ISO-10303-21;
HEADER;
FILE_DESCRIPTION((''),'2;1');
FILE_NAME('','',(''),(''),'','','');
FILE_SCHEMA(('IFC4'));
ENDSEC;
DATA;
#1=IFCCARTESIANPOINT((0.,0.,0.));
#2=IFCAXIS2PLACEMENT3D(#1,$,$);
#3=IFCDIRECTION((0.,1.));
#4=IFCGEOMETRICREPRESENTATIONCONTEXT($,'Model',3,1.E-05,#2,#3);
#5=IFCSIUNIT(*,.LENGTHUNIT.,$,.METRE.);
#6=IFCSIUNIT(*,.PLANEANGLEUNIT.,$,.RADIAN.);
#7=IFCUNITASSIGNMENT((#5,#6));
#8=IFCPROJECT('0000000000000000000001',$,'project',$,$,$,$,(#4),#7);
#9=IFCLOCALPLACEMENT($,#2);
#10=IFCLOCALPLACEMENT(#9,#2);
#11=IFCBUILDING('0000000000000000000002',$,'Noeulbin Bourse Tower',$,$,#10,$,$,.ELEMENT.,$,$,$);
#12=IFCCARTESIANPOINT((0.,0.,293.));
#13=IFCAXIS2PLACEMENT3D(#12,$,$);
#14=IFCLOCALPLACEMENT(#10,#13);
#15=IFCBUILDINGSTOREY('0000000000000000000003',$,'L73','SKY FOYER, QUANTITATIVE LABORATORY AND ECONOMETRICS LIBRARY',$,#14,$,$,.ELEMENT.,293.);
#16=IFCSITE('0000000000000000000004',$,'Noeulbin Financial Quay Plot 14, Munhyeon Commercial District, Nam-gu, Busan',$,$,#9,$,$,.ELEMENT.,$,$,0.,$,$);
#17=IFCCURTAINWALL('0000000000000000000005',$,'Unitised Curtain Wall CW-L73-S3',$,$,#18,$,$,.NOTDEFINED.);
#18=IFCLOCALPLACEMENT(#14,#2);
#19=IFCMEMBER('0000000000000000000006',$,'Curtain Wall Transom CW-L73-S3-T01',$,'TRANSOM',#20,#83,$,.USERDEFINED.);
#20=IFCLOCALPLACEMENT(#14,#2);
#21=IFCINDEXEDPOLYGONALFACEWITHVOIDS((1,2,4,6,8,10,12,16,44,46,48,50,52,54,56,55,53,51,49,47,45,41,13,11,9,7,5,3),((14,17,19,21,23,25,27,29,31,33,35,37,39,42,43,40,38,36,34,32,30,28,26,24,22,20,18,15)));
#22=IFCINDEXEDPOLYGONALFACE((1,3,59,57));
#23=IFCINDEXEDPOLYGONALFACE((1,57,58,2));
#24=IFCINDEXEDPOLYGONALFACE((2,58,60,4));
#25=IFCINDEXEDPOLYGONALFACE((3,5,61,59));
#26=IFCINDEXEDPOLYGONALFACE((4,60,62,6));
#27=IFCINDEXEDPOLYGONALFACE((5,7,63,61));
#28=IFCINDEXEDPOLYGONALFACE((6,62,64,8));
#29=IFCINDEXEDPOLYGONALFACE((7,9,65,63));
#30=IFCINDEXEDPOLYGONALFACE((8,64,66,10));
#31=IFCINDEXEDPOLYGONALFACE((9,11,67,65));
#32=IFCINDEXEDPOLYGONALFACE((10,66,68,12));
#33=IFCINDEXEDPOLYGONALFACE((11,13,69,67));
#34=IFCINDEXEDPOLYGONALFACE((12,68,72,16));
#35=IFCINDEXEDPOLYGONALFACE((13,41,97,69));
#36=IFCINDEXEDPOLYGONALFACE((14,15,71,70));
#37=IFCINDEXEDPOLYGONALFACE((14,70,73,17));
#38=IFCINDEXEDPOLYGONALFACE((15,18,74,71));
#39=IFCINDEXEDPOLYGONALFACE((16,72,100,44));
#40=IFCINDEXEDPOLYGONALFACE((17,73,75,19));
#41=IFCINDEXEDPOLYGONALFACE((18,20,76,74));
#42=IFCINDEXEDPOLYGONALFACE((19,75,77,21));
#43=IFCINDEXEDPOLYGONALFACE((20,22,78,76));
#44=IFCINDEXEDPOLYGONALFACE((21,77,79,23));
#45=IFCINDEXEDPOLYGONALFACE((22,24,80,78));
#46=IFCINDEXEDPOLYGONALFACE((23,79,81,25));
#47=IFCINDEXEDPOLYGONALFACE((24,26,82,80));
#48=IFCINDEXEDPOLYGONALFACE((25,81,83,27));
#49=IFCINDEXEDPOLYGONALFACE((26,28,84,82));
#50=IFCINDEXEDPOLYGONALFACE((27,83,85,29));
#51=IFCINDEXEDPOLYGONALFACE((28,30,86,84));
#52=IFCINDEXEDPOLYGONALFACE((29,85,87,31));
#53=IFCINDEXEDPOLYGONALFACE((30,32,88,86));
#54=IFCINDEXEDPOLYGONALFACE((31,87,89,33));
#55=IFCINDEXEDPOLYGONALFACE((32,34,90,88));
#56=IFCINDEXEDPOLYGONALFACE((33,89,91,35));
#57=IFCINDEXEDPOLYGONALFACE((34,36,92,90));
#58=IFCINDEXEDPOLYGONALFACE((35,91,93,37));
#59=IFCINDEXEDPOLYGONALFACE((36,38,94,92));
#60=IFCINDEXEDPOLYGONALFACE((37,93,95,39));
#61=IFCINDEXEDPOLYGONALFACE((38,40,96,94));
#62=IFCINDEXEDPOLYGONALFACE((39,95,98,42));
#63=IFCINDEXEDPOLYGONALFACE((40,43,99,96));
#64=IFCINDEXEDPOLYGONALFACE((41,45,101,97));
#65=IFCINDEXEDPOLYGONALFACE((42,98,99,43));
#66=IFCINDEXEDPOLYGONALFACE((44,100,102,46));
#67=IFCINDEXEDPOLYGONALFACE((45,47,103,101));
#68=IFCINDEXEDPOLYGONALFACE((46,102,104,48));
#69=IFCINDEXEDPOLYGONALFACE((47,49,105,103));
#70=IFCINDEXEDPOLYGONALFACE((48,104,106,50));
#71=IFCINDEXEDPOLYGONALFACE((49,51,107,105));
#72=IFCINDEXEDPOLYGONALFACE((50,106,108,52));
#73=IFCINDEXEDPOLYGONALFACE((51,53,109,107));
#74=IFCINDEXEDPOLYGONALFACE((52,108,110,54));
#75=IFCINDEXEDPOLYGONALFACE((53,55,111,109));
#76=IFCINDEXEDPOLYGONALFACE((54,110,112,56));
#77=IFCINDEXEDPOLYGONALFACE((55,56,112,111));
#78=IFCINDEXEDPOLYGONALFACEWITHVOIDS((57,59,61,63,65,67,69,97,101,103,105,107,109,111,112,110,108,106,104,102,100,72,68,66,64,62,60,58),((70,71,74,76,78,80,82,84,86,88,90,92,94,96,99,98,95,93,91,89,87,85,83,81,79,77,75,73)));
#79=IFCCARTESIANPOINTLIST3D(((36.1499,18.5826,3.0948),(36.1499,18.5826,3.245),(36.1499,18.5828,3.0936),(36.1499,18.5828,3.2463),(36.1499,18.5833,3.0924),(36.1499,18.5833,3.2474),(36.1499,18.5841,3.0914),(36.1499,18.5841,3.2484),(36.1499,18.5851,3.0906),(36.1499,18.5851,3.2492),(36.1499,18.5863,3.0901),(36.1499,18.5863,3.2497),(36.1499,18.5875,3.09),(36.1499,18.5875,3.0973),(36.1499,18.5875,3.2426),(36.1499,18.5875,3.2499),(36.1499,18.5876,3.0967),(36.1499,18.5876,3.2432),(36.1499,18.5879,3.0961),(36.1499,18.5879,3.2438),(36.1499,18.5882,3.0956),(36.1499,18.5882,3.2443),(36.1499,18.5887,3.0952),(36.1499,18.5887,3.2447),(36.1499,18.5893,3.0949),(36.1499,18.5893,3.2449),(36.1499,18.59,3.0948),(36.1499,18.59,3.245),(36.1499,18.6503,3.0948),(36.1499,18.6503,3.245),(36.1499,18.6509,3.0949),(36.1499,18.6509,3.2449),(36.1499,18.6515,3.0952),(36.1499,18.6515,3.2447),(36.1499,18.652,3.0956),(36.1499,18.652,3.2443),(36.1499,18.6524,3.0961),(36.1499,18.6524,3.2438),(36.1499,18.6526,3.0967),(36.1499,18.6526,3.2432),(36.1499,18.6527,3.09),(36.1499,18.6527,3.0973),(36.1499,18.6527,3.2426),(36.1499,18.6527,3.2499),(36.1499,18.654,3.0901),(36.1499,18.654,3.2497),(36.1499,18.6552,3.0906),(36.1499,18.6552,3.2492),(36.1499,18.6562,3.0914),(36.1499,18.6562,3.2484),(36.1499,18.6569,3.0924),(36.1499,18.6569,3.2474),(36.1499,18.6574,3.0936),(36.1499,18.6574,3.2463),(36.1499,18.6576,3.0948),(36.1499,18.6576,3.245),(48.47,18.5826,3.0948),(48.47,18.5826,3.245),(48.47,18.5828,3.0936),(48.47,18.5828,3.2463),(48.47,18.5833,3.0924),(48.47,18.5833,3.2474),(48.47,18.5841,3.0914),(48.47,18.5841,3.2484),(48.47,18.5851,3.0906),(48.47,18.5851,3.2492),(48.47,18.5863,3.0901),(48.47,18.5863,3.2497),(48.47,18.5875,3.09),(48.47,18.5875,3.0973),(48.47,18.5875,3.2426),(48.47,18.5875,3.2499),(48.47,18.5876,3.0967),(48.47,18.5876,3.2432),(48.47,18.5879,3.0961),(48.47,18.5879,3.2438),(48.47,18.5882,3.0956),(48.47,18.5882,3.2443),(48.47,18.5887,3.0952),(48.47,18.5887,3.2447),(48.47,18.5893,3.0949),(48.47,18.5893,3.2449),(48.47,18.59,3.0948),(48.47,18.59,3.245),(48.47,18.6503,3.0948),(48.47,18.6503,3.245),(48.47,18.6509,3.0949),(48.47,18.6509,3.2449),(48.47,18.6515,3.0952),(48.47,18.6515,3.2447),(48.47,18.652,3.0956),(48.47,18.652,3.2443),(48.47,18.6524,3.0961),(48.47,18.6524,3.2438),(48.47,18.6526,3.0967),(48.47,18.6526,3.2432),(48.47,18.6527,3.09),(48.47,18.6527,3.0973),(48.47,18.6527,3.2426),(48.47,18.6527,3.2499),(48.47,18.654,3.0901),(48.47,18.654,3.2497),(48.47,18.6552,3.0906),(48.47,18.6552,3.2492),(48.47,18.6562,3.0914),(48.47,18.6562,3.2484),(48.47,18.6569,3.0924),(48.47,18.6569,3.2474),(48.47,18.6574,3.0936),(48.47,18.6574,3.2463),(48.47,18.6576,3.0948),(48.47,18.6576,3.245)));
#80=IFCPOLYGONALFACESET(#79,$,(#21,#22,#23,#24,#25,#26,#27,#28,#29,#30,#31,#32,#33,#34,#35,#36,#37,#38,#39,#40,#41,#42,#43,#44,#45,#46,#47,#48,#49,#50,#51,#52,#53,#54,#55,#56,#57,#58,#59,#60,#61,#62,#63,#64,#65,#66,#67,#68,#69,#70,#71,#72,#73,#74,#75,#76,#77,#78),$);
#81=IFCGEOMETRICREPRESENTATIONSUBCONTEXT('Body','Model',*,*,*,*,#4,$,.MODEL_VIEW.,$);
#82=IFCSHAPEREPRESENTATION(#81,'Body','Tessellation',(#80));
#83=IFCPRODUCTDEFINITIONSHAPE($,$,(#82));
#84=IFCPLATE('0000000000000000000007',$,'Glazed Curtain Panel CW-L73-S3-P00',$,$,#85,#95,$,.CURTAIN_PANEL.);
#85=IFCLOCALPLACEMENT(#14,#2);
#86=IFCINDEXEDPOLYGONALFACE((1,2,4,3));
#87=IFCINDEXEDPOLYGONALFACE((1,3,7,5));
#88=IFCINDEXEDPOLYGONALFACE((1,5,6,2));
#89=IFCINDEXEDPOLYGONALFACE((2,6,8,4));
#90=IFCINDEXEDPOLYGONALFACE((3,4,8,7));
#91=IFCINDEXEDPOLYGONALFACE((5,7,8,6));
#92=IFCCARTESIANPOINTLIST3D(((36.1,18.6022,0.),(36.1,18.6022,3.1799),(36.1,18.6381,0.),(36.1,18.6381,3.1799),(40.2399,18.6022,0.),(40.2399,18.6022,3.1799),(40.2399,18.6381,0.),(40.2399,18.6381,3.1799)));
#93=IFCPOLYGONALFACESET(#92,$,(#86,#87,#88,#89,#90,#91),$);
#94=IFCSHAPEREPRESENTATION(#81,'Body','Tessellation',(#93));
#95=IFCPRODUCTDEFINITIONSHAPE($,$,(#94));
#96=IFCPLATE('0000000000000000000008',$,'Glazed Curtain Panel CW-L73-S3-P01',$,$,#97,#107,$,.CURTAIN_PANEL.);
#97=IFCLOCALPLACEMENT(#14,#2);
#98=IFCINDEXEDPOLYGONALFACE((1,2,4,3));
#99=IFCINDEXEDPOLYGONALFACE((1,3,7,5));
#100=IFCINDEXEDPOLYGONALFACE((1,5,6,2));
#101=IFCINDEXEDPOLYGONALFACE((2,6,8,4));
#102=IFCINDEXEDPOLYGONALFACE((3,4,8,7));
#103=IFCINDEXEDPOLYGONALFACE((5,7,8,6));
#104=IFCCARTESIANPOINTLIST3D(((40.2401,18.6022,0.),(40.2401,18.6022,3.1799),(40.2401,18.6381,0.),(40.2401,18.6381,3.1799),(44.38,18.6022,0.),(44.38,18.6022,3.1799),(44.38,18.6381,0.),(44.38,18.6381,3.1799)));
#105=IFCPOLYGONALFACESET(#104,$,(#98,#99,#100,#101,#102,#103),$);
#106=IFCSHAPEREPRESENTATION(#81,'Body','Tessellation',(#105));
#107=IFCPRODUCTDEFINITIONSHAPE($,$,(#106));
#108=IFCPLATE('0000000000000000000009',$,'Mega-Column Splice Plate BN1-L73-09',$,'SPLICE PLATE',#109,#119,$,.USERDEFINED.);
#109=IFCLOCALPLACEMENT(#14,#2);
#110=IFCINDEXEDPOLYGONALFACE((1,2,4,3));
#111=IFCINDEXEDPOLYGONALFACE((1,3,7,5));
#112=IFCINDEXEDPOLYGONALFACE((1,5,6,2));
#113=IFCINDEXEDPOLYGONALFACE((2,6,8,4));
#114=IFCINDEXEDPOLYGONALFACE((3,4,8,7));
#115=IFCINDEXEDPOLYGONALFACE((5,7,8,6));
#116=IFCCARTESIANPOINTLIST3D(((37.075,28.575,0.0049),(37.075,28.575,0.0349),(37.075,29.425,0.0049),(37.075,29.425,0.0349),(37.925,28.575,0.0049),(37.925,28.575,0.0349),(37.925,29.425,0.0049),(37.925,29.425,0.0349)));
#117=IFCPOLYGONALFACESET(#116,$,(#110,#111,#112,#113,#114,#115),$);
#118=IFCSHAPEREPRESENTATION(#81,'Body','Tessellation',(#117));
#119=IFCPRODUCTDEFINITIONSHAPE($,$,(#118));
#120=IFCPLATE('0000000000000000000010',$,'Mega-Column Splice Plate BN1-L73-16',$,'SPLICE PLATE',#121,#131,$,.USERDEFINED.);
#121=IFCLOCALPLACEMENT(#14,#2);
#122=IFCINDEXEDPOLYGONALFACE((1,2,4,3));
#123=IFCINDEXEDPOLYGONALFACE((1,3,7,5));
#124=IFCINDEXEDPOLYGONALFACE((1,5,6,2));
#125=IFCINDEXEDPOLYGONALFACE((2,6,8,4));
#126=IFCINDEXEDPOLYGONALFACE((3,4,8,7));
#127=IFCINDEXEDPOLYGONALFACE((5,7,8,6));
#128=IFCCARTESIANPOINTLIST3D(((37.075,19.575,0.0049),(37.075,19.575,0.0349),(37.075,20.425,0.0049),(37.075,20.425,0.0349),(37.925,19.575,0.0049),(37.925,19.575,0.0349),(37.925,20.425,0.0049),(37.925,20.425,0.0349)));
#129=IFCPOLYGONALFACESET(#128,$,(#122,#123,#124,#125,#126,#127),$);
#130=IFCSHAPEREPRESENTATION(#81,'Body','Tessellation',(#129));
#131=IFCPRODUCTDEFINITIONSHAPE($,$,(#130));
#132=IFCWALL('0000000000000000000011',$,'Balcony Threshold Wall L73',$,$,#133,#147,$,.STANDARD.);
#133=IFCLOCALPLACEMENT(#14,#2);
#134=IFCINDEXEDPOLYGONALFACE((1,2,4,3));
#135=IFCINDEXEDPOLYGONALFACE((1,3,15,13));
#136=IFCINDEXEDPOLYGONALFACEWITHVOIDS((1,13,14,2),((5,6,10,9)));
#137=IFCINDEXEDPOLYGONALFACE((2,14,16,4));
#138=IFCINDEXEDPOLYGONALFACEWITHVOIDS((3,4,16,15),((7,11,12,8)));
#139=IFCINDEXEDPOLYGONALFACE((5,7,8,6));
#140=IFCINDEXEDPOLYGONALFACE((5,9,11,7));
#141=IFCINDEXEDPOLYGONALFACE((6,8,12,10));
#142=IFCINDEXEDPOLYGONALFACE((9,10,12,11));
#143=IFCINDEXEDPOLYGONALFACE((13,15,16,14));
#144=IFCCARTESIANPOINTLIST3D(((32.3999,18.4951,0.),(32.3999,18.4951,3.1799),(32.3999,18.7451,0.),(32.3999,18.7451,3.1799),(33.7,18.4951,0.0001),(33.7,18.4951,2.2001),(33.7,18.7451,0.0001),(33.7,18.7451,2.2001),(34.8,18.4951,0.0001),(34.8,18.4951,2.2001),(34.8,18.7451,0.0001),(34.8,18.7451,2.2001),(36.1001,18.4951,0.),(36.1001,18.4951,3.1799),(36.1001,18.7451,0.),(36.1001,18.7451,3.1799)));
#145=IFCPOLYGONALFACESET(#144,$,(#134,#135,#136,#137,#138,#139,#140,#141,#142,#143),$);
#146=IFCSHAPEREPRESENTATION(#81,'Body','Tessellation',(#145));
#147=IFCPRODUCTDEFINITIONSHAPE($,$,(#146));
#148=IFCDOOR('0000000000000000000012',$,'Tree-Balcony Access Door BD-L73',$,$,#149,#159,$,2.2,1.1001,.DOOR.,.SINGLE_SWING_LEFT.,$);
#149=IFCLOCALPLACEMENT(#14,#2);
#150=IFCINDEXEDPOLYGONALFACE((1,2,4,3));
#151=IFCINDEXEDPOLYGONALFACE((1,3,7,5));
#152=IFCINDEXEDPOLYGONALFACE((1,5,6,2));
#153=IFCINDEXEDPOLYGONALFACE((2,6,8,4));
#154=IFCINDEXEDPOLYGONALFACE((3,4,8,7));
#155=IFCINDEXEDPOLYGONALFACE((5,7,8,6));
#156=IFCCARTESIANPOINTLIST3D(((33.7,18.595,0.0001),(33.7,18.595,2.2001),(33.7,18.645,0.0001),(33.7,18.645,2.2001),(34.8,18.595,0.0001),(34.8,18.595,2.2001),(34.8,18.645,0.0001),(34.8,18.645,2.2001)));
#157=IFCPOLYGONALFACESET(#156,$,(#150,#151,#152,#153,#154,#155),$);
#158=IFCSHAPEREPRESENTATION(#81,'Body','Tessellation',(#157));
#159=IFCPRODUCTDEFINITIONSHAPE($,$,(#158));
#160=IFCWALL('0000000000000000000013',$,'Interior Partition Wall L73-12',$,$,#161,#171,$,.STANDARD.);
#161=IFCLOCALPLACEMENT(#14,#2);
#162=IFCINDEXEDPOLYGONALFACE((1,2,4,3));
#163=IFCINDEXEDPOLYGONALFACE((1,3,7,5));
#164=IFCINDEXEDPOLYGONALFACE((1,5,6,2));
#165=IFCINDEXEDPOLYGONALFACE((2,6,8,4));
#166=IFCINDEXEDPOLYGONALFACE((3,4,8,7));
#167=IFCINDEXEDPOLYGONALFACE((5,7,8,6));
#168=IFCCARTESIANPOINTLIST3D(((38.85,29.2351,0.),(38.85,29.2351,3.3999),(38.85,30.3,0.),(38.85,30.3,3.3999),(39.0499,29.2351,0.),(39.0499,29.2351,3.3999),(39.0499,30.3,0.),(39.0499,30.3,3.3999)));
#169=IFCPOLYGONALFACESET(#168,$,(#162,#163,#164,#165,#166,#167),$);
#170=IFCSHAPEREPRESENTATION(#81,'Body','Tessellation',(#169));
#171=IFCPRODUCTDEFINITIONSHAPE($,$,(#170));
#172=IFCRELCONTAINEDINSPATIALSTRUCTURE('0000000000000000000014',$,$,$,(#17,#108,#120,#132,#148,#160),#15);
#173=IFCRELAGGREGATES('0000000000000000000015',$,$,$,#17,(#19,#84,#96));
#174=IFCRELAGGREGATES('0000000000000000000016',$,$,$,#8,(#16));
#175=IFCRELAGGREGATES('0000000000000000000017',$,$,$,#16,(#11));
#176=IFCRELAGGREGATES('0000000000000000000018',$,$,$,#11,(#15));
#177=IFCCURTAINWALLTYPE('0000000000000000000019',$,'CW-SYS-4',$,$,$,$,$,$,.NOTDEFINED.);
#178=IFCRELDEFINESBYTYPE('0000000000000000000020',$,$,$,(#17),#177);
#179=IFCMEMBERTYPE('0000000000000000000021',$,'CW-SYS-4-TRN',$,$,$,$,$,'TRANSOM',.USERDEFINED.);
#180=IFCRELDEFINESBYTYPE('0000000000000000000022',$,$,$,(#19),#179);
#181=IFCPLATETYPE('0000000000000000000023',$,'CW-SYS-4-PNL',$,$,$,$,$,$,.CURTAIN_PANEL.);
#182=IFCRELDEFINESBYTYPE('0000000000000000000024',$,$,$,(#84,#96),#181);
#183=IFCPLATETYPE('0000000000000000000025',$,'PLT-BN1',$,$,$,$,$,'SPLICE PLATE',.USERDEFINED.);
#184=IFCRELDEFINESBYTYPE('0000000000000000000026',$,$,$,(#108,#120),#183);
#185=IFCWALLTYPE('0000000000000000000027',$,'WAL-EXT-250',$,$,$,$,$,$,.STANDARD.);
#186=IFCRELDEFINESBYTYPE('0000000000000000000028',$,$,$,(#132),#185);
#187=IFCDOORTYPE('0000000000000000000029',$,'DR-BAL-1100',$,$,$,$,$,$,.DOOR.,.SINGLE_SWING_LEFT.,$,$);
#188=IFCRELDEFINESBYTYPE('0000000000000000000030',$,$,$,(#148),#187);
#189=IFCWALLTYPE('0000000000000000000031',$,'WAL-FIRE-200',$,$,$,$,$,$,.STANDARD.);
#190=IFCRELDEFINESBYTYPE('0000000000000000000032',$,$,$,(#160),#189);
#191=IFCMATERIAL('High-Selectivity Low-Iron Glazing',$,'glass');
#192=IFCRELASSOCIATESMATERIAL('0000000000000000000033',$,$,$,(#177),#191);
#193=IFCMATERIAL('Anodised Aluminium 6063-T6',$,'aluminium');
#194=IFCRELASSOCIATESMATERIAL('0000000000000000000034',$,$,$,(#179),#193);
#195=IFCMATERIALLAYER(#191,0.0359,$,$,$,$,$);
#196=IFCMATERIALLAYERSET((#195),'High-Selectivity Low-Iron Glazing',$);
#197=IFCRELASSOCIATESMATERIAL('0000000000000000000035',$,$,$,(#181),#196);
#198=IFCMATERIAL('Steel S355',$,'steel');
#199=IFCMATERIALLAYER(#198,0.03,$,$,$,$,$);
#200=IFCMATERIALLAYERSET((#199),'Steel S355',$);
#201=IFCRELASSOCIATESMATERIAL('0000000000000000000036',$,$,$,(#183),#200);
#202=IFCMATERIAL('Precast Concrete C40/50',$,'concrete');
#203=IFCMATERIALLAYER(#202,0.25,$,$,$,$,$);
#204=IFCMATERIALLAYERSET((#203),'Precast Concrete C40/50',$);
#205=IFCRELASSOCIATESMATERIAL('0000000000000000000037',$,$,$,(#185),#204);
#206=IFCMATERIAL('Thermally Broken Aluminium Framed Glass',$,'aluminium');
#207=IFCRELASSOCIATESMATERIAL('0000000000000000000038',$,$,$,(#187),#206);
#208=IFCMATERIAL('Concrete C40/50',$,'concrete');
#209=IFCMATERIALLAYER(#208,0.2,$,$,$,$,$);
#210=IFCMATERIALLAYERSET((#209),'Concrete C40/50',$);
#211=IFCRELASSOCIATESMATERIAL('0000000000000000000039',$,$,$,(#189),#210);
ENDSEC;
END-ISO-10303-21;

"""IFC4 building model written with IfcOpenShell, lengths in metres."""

from ifc_helpers import new_model, si_unit, direction, frame, frame_2d, origin, origin_2d, place, context, subcontext, project, spatial, rectangle, hollow_rectangle, extrude, material, layer, layer_set, material_profile, profile_set, type_object, element, fill, aggregate, save


model = new_model("IFC4")

# Units and contexts
model_context = context("Model", 3, precision=1e-05, world=origin(), true_north=direction((0.0, 1.0)))
body_context = subcontext(model_context, "Body", "Model", "MODEL_VIEW")
ifc_project = project(units=[si_unit("LENGTHUNIT", "METRE"), si_unit("PLANEANGLEUNIT", "RADIAN")], contexts=[model_context])

# Site, building, storey
site_placement = place(None, origin())
site = spatial("IfcSite", under=ifc_project, at=site_placement, Name="Noeulbin Financial Quay Plot 14, Munhyeon Commercial District, Nam-gu, Busan", CompositionType="ELEMENT", RefElevation=0.0)
building_placement = place(site_placement, origin())
building = spatial("IfcBuilding", under=site, at=building_placement, Name="Noeulbin Bourse Tower", CompositionType="ELEMENT")
storey_placement = place(building_placement, frame((0.0, 0.0, 293.0)))
storey = spatial("IfcBuildingStorey", under=building, at=storey_placement, Name="L73", Description="SKY FOYER, QUANTITATIVE LABORATORY AND ECONOMETRICS LIBRARY", CompositionType="ELEMENT", Elevation=293.0)

# Shared definitions
ifc_material_1 = material(Name="Steel S355", Category="steel")

# Shared definitions
ifc_material_2 = material(Name="High-Selectivity Low-Iron Glazing", Category="glass")
curtain_wall_type = type_object("IfcCurtainWallType", Name="CW-SYS-4", PredefinedType="NOTDEFINED", material=ifc_material_2)
ifc_material_3 = material(Name="Anodised Aluminium 6063-T6", Category="aluminium")

# Curtain wall, member, plates
curtain_wall_1_placement = place(storey_placement, origin())
curtain_wall_1 = element("IfcCurtainWall", 1, at=curtain_wall_1_placement, inside=storey, type_object=curtain_wall_type, Name="Unitised Curtain Wall CW-L73-S3", PredefinedType="NOTDEFINED")
ifc_material_profile_1 = material_profile(ifc_material_3, hollow_rectangle(XDim=0.075, YDim=0.1599, WallThickness=0.0049, InnerFilletRadius=0.0024, OuterFilletRadius=0.0049, at=origin_2d()), Name="ALU-TRAN-75x160x5", Category="LoadBearing")
ifc_profile_set_1 = profile_set([ifc_material_profile_1], Name="Anodised Aluminium 6063-T6")
member_type_1 = type_object("IfcMemberType", Name="CW-SYS-4-TRN", ElementType="TRANSOM", PredefinedType="USERDEFINED", material=ifc_profile_set_1)
member_1_placement = place(storey_placement, frame((36.1499, 18.6201, 3.1699), z_axis=(1.0, 0.0, 0.0), x_axis=(0.0, 1.0, 0.0)))
member_1 = element("IfcMember", 2, at=member_1_placement, type_object=member_type_1, Name="Curtain Wall Transom CW-L73-S3-T01", ObjectType="TRANSOM", PredefinedType="USERDEFINED", context=body_context, shape_type="SweptSolid", body=[
    extrude(hollow_rectangle(XDim=0.075, YDim=0.1599, WallThickness=0.0049, InnerFilletRadius=0.0024, OuterFilletRadius=0.0049, at=origin_2d()), origin(), (0.0, 0.0, 1.0), 12.3201),
])
ifc_layer_1 = layer(ifc_material_2, 0.0359)
ifc_layer_set_1 = layer_set([ifc_layer_1], Name="High-Selectivity Low-Iron Glazing")
plate_type_1 = type_object("IfcPlateType", Name="CW-SYS-4-PNL", PredefinedType="CURTAIN_PANEL", material=ifc_layer_set_1)
plate_1_placement = place(storey_placement, frame((38.1699, 18.6201, 0.0), z_axis=(0.0, 0.0, 1.0), x_axis=(1.0, 0.0, 0.0)))
plate_1 = element("IfcPlate", 3, at=plate_1_placement, type_object=plate_type_1, Name="Glazed Curtain Panel CW-L73-S3-P00", PredefinedType="CURTAIN_PANEL", context=body_context, shape_type="SweptSolid", body=[
    extrude(rectangle(XDim=4.1399, YDim=0.0359, at=origin_2d()), origin(), (0.0, 0.0, 1.0), 3.1799),
])
plate_2_placement = place(storey_placement, frame((42.3101, 18.6201, 0.0), z_axis=(0.0, 0.0, 1.0), x_axis=(1.0, 0.0, 0.0)))
plate_2 = element("IfcPlate", 4, at=plate_2_placement, type_object=plate_type_1, Name="Glazed Curtain Panel CW-L73-S3-P01", PredefinedType="CURTAIN_PANEL", context=body_context, shape_type="SweptSolid", body=[
    extrude(rectangle(XDim=4.1399, YDim=0.0359, at=origin_2d()), origin(), (0.0, 0.0, 1.0), 3.1799),
])
aggregate(curtain_wall_1, [member_1, plate_1, plate_2])

# Plates
ifc_layer_2 = layer(ifc_material_1, 0.03)
ifc_layer_set_2 = layer_set([ifc_layer_2], Name="Steel S355")
plate_type_2 = type_object("IfcPlateType", Name="PLT-BN1", ElementType="SPLICE PLATE", PredefinedType="USERDEFINED", material=ifc_layer_set_2)
for number, where, z_axis, x_axis, name in (
    (5, (37.5, 29.0, 0.0049), (0.0, 0.0, 1.0), (1.0, 0.0, 0.0), "Mega-Column Splice Plate BN1-L73-09"),
    (6, (37.5, 20.0, 0.0049), (0.0, 0.0, 1.0), (1.0, 0.0, 0.0), "Mega-Column Splice Plate BN1-L73-16"),
):
    element("IfcPlate", number, at=place(storey_placement, frame(where, z_axis=z_axis, x_axis=x_axis)), inside=storey, type_object=plate_type_2, Name=name, ObjectType="SPLICE PLATE", PredefinedType="USERDEFINED", context=body_context, shape_type="SweptSolid", body=[
        extrude(rectangle(XDim=0.8501, YDim=0.8501, at=origin_2d()), origin(), (0.0, 0.0, 1.0), 0.03),
    ])

# Wall, opening, door
ifc_material_4 = material(Name="Precast Concrete C40/50", Category="concrete")
ifc_layer_3 = layer(ifc_material_4, 0.25)
ifc_layer_set_3 = layer_set([ifc_layer_3], Name="Precast Concrete C40/50")
wall_type_1 = type_object("IfcWallType", Name="WAL-EXT-250", PredefinedType="STANDARD", material=ifc_layer_set_3)
wall_1_placement = place(storey_placement, frame((32.3999, 18.6201, 0.0), z_axis=(0.0, 0.0, 1.0), x_axis=(1.0, 0.0, 0.0)))
wall_1 = element("IfcWall", 7, at=wall_1_placement, inside=storey, type_object=wall_type_1, Name="Balcony Threshold Wall L73", PredefinedType="STANDARD", context=body_context, shape_type="SweptSolid", body=[
    extrude(rectangle(XDim=3.7002, YDim=0.25, at=frame_2d((1.8501, 0.0))), origin(), (0.0, 0.0, 1.0), 3.1799),
])
opening_1_placement = place(wall_1_placement, frame((1.3, 0.0, 0.0)))
opening_1 = element("IfcOpeningElement", 8, at=opening_1_placement, cuts=wall_1, PredefinedType="OPENING", context=body_context, shape_type="SweptSolid", body=[
    extrude(rectangle(XDim=1.1001, YDim=2.2, at=frame_2d((0.55, 1.1001))), frame((0.0, 0.135, 0.0), z_axis=(0.0, -1.0, 0.0), x_axis=(1.0, 0.0, 0.0)), (0.0, 0.0, 1.0), 0.27),
])
ifc_material_5 = material(Name="Thermally Broken Aluminium Framed Glass", Category="aluminium")
door_type_1 = type_object("IfcDoorType", Name="DR-BAL-1100", OperationType="SINGLE_SWING_LEFT", PredefinedType="DOOR", material=ifc_material_5)
door_1_placement = place(opening_1_placement, origin())
door_1 = element("IfcDoor", 9, at=door_1_placement, inside=storey, type_object=door_type_1, Name="Tree-Balcony Access Door BD-L73", OperationType="SINGLE_SWING_LEFT", OverallHeight=2.2, OverallWidth=1.1001, PredefinedType="DOOR", context=body_context, shape_type="SweptSolid", body=[
    extrude(rectangle(XDim=1.1001, YDim=2.2, at=frame_2d((0.55, 1.1001))), frame((0.0, 0.0249, 0.0), z_axis=(0.0, -1.0, 0.0), x_axis=(1.0, 0.0, 0.0)), (0.0, 0.0, 1.0), 0.05),
])
fill(opening_1, door_1)

# Wall
ifc_material_6 = material(Name="Concrete C40/50", Category="concrete")
ifc_layer_4 = layer(ifc_material_6, 0.2)
ifc_layer_set_4 = layer_set([ifc_layer_4], Name="Concrete C40/50")
wall_type_2 = type_object("IfcWallType", Name="WAL-FIRE-200", PredefinedType="STANDARD", material=ifc_layer_set_4)
wall_2_placement = place(storey_placement, frame((38.95, 29.2351, 0.0), z_axis=(0.0, 0.0, 1.0), x_axis=(0.0, 1.0, 0.0)))
element("IfcWall", 10, at=wall_2_placement, inside=storey, type_object=wall_type_2, Name="Interior Partition Wall L73-12", PredefinedType="STANDARD", context=body_context, shape_type="SweptSolid", body=[
    extrude(rectangle(XDim=1.0649, YDim=0.2, at=frame_2d((0.5325, 0.0))), origin(), (0.0, 0.0, 1.0), 3.3999),
])

save(model, "model.ifc")
